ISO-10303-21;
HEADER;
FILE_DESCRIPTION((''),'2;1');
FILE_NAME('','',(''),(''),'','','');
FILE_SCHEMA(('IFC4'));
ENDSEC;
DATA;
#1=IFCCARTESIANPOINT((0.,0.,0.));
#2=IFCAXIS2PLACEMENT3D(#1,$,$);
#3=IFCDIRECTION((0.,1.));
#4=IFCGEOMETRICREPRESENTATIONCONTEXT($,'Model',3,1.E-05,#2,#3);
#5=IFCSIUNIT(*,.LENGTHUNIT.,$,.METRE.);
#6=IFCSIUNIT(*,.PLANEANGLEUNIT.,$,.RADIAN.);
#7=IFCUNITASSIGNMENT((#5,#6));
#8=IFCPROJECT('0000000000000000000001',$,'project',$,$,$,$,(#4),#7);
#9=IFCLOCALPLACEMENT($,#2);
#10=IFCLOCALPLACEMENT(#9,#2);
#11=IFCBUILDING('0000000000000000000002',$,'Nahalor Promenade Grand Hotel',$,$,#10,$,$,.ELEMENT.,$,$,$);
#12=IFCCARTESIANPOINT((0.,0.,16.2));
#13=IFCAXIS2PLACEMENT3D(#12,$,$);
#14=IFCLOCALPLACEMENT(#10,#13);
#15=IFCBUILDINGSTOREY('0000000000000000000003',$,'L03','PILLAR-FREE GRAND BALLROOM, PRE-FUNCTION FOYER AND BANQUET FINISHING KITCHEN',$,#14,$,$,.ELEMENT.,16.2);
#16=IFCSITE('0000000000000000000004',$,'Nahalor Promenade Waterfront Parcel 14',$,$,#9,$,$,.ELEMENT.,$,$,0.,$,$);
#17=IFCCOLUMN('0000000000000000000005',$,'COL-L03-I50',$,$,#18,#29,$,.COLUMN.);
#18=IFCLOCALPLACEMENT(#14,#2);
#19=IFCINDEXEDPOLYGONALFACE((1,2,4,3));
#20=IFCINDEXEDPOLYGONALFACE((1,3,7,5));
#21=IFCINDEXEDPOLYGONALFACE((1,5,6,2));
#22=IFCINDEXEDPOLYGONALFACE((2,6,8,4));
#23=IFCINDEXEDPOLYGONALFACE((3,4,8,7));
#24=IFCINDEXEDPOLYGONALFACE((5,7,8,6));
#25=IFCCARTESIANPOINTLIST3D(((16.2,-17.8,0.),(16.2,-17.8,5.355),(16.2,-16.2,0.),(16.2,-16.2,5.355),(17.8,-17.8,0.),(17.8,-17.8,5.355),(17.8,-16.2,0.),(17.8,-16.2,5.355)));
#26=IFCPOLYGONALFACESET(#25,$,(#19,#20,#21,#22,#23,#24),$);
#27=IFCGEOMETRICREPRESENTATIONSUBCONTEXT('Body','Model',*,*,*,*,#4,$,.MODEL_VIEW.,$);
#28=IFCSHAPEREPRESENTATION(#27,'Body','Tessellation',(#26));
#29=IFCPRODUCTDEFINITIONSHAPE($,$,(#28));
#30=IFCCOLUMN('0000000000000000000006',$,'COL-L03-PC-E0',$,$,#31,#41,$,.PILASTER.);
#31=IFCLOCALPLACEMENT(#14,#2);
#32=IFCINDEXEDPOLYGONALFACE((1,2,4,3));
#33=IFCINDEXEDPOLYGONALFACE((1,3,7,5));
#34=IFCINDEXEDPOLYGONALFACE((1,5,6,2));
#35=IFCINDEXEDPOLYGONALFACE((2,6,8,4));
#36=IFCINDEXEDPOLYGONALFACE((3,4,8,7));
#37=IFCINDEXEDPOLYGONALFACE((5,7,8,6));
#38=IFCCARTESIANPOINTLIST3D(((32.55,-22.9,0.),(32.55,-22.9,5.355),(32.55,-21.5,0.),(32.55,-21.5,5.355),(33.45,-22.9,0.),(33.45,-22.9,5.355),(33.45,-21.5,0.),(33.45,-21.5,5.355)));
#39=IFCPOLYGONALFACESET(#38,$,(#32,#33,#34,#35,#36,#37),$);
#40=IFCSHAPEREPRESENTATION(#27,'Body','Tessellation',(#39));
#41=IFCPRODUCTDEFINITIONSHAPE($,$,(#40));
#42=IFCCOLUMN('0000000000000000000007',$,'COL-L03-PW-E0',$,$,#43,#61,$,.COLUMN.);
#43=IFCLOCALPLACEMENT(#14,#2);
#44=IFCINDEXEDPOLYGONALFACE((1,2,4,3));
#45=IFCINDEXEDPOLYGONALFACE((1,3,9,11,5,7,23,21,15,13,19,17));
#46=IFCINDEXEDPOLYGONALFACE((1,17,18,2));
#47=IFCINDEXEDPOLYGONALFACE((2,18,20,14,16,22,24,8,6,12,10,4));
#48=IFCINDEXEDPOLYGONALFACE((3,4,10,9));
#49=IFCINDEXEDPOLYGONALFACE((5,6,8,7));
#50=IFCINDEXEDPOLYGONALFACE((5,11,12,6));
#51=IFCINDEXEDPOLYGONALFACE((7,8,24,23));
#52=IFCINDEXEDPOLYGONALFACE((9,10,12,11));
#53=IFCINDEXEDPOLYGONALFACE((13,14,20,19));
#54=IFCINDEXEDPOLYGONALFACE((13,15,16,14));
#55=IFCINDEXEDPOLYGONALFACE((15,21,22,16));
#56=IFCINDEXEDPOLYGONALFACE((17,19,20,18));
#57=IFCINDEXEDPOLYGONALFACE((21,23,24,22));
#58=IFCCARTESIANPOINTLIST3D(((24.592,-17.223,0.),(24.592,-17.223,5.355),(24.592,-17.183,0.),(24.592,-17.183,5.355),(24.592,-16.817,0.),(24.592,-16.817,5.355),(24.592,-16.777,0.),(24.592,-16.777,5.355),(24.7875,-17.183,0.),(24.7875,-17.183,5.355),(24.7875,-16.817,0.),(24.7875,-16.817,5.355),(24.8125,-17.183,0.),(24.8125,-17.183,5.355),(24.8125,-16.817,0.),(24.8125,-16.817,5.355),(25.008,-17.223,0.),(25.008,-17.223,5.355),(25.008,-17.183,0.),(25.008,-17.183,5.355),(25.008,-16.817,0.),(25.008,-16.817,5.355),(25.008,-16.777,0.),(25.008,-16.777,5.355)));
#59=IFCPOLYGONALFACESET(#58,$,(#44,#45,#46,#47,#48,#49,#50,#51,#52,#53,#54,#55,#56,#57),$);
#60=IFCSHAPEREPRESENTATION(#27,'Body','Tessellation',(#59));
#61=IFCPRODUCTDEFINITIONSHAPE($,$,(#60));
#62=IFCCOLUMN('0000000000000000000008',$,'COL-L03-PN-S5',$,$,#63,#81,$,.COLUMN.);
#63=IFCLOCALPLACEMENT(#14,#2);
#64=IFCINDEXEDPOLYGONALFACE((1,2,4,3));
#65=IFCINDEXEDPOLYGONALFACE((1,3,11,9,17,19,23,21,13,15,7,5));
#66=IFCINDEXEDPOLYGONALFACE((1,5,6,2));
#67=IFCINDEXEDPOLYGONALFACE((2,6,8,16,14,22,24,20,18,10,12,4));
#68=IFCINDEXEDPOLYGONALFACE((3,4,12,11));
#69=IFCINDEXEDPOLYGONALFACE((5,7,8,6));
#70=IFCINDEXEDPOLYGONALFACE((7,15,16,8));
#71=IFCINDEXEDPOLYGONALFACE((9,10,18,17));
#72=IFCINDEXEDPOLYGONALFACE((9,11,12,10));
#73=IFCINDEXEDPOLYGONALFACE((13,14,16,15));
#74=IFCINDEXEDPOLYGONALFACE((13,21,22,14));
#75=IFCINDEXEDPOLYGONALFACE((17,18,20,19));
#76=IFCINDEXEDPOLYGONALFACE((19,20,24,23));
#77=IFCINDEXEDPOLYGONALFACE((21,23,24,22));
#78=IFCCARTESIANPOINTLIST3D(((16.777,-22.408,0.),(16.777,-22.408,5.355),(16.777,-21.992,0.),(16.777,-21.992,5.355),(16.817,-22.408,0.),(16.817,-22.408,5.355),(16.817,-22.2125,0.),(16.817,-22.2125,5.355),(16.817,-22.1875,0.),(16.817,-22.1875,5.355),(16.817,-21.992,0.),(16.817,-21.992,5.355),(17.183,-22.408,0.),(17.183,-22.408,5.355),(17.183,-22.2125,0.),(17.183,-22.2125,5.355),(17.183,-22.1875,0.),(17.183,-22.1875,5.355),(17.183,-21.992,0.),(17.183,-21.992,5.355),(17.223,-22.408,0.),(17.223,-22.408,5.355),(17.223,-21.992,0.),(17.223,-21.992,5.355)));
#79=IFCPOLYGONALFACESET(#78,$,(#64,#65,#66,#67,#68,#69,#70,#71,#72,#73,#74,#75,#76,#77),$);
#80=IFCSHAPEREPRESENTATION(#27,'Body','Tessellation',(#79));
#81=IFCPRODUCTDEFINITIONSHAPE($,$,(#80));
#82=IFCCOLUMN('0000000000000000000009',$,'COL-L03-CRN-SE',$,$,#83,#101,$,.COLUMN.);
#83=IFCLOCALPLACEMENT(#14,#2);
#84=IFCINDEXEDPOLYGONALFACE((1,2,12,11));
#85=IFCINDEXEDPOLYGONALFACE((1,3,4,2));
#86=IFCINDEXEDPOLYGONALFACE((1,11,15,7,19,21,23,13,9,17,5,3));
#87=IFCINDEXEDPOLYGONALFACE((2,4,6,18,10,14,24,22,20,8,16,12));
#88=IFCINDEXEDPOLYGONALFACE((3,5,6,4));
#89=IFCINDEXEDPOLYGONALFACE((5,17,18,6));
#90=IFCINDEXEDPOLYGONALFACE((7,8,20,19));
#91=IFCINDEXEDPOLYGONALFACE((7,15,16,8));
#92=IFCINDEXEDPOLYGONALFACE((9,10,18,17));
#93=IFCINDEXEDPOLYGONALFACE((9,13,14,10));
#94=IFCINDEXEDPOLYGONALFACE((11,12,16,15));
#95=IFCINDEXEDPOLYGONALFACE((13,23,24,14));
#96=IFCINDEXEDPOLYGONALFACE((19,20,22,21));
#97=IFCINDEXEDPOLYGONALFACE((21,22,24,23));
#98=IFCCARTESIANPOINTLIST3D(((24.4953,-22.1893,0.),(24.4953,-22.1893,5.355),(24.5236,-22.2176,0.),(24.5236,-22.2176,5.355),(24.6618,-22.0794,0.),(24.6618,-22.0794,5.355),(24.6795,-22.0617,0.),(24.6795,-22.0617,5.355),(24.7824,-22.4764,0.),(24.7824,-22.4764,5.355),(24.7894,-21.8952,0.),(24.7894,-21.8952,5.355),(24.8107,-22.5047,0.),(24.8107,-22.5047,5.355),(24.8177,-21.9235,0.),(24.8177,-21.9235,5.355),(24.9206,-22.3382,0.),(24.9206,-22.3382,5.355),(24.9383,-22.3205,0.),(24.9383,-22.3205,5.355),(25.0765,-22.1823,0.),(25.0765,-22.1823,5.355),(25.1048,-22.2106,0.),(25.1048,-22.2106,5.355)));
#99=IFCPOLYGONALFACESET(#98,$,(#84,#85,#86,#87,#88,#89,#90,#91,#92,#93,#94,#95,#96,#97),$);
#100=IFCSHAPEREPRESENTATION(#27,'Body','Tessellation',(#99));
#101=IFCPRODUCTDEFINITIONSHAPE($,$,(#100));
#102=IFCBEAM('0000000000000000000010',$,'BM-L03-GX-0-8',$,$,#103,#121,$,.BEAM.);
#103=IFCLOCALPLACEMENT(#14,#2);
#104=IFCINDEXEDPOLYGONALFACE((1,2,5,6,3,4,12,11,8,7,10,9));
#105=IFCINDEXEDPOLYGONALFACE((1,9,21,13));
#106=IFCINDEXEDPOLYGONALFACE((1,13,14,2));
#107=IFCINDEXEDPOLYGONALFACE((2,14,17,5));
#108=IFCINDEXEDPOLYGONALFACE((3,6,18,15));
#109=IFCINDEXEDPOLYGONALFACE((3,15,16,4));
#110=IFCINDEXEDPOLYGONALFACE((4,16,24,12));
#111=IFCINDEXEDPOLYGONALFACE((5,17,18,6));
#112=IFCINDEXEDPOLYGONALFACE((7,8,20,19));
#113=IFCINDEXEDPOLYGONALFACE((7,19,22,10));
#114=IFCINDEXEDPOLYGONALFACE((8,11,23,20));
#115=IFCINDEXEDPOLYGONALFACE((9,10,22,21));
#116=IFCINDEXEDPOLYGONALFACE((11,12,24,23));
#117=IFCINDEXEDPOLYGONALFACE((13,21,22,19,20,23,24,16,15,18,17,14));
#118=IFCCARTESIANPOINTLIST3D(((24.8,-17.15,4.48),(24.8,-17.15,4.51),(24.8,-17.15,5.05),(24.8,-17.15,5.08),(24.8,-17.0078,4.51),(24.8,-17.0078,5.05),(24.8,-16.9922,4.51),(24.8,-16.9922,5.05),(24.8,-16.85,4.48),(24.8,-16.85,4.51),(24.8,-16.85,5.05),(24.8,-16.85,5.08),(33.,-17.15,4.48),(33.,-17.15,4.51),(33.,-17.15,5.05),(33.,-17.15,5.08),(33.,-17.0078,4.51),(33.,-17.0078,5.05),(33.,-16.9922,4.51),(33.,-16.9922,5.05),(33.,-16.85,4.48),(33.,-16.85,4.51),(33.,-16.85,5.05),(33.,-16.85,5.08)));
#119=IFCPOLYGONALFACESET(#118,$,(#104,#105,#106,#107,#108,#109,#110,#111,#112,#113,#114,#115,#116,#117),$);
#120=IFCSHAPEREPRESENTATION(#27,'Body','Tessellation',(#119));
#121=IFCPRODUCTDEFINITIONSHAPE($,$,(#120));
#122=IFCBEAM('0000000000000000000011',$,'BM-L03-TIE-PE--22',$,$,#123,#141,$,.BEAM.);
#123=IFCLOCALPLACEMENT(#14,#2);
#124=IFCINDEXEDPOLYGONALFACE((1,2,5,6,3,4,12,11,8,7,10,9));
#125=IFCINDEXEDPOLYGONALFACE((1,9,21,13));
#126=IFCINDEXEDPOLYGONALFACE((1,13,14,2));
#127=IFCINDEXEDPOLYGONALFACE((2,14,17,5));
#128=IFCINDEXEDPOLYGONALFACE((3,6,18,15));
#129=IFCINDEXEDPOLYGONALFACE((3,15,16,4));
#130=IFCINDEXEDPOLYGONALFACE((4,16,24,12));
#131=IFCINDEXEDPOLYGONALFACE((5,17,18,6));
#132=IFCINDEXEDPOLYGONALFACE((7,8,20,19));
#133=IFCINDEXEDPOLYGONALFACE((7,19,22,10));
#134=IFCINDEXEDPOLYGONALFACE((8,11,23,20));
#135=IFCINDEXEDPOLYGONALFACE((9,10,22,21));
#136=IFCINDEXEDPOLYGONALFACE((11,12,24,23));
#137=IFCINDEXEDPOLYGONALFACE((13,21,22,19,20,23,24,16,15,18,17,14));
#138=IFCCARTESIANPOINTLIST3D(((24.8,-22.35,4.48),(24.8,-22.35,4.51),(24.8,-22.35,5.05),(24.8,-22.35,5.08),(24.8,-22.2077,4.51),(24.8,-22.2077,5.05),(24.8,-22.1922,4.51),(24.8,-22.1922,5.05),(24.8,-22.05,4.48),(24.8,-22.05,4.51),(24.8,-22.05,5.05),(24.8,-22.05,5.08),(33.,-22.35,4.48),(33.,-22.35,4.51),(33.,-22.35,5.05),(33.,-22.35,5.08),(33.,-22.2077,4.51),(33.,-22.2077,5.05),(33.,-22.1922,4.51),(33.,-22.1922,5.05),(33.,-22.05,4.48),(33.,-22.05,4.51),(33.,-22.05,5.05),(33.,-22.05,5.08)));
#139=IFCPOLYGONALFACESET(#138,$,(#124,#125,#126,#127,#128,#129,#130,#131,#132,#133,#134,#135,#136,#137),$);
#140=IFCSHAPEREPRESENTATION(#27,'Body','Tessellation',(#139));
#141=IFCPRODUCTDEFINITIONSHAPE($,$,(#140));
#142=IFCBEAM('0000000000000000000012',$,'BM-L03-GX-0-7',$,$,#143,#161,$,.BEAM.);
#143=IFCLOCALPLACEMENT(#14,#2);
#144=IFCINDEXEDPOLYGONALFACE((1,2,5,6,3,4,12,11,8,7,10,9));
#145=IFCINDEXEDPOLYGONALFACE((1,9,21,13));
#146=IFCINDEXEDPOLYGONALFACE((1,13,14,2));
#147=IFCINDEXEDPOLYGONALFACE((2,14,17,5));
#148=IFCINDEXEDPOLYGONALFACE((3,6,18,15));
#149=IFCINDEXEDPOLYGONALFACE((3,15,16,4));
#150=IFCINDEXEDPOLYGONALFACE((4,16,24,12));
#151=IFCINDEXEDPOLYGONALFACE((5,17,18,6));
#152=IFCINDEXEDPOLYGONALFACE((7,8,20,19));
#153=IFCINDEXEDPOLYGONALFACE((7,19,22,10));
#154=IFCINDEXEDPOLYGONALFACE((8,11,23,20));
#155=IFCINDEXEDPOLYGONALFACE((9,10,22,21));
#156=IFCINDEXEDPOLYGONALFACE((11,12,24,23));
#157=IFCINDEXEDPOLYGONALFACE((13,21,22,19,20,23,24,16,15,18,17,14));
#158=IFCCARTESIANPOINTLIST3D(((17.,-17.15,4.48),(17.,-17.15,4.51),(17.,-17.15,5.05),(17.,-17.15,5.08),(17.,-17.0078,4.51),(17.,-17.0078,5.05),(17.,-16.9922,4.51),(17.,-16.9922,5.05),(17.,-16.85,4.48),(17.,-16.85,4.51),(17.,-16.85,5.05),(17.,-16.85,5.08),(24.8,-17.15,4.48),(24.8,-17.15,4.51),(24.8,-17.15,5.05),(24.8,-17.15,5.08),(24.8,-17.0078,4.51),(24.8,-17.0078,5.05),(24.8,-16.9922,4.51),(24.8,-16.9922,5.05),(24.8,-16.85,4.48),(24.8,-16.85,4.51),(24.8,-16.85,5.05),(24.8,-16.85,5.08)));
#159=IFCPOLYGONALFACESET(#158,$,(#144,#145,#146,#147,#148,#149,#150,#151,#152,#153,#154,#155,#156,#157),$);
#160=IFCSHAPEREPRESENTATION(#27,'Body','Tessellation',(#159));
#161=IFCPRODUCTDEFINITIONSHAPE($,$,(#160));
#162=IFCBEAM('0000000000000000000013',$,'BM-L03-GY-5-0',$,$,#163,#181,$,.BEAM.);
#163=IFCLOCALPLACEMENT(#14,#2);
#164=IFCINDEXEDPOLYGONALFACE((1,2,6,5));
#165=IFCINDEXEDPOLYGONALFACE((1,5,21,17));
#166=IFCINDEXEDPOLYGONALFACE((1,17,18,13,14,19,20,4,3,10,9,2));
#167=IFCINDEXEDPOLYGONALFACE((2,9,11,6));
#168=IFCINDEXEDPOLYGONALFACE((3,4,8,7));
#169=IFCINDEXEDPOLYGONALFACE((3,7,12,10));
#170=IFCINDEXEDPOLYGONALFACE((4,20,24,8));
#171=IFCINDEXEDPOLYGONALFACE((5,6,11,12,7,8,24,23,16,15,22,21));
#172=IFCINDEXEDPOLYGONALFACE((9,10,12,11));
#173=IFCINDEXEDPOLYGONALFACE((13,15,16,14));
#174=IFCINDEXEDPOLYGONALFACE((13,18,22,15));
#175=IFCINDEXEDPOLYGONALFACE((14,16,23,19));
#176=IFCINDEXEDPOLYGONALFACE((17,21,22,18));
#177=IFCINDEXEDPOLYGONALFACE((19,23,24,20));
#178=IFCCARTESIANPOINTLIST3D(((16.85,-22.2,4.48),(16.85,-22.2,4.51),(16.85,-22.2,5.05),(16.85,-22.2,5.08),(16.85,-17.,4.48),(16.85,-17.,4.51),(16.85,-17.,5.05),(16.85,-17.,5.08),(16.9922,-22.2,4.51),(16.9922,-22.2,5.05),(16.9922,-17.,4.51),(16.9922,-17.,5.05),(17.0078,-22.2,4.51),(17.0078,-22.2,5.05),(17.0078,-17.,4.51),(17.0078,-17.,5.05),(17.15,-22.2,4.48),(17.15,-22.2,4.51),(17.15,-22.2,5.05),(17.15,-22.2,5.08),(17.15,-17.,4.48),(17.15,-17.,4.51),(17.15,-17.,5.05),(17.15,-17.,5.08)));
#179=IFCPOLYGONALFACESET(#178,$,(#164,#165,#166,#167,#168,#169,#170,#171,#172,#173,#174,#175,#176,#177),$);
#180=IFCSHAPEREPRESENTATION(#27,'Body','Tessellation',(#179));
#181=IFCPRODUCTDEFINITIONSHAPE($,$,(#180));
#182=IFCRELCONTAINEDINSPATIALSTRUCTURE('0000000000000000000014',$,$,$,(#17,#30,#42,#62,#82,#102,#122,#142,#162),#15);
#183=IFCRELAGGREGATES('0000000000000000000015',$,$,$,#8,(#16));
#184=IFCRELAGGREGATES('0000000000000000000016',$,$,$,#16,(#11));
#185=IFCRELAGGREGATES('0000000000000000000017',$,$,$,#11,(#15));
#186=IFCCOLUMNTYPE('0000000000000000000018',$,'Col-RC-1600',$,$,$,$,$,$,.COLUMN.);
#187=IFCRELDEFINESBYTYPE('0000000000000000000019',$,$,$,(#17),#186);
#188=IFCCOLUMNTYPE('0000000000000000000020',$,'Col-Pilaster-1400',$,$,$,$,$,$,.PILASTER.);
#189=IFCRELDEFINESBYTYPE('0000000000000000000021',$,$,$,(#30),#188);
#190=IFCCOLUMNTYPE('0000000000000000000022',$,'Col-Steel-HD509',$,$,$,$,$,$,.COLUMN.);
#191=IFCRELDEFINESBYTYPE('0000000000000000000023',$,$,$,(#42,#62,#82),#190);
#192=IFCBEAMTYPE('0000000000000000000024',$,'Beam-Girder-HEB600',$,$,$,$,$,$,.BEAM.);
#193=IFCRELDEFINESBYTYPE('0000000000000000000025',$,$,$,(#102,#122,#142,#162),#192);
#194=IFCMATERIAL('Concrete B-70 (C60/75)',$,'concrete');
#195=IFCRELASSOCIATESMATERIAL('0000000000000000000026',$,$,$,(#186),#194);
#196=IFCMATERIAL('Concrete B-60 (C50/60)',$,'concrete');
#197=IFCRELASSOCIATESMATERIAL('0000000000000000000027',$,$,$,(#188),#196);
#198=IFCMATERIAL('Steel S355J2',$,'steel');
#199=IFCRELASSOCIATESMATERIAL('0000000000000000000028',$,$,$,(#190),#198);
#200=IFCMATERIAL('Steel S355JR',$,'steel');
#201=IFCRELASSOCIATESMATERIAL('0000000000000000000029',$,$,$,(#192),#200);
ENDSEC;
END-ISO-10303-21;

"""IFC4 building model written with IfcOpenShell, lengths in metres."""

from ifc_helpers import new_model, si_unit, direction, frame, origin, origin_2d, place, context, subcontext, project, spatial, rectangle, i_section, extrude, source, transform, mapped, material, material_profile, profile_set, type_object, element, save


model = new_model("IFC4")

# Units and contexts
model_context = context("Model", 3, precision=1e-05, world=origin(), true_north=direction((0.0, 1.0)))
body_context = subcontext(model_context, "Body", "Model", "MODEL_VIEW")
ifc_project = project(units=[si_unit("LENGTHUNIT", "METRE"), si_unit("PLANEANGLEUNIT", "RADIAN")], contexts=[model_context])

# Site, building, storey
site_placement = place(None, origin())
site = spatial("IfcSite", under=ifc_project, at=site_placement, Name="Nahalor Promenade Waterfront Parcel 14", CompositionType="ELEMENT", RefElevation=0.0)
building_placement = place(site_placement, origin())
building = spatial("IfcBuilding", under=site, at=building_placement, Name="Nahalor Promenade Grand Hotel", CompositionType="ELEMENT")
storey_placement = place(building_placement, frame((0.0, 0.0, 16.2)))
storey = spatial("IfcBuildingStorey", under=building, at=storey_placement, Name="L03", Description="PILLAR-FREE GRAND BALLROOM, PRE-FUNCTION FOYER AND BANQUET FINISHING KITCHEN", CompositionType="ELEMENT", Elevation=16.2)

# Columns
ifc_material_1 = material(Name="Concrete B-70 (C60/75)", Category="concrete")
ifc_material_profile_1 = material_profile(ifc_material_1, rectangle(XDim=1.6, YDim=1.6, at=origin_2d()), Name="RC 1600x1600")
ifc_profile_set_1 = profile_set([ifc_material_profile_1], Name="Concrete B-70 (C60/75)")
column_type_1 = type_object("IfcColumnType", Name="Col-RC-1600", PredefinedType="COLUMN", material=ifc_profile_set_1)
shared_shape_1 = source(origin(), body_context, "Body", "SweptSolid", [
    extrude(rectangle(XDim=1.6, YDim=1.6, at=origin_2d()), origin(), (0.0, 0.0, 1.0), 5.355),
])
column_1_placement = place(storey_placement, frame((17.0, -17.0, 0.0), z_axis=(0.0, 0.0, 1.0), x_axis=(1.0, 0.0, 0.0)))
element("IfcColumn", 1, at=column_1_placement, inside=storey, type_object=column_type_1, Name="COL-L03-I50", PredefinedType="COLUMN", context=body_context, shape_type="MappedRepresentation", body=[
    mapped(shared_shape_1, transform((0.0, 0.0, 0.0), scale=1.0)),
])
ifc_material_2 = material(Name="Concrete B-60 (C50/60)", Category="concrete")
ifc_material_profile_2 = material_profile(ifc_material_2, rectangle(XDim=0.9, YDim=1.4, at=origin_2d()), Name="RC 900x1400")
ifc_profile_set_2 = profile_set([ifc_material_profile_2], Name="Concrete B-60 (C50/60)")
column_type_2 = type_object("IfcColumnType", Name="Col-Pilaster-1400", PredefinedType="PILASTER", material=ifc_profile_set_2)
shared_shape_2 = source(origin(), body_context, "Body", "SweptSolid", [
    extrude(rectangle(XDim=0.9, YDim=1.4, at=origin_2d()), origin(), (0.0, 0.0, 1.0), 5.355),
])
column_2_placement = place(storey_placement, frame((33.0, -22.2, 0.0), z_axis=(0.0, 0.0, 1.0), x_axis=(1.0, 0.0, 0.0)))
element("IfcColumn", 2, at=column_2_placement, inside=storey, type_object=column_type_2, Name="COL-L03-PC-E0", PredefinedType="PILASTER", context=body_context, shape_type="MappedRepresentation", body=[
    mapped(shared_shape_2, transform((0.0, 0.0, 0.0), scale=1.0)),
])
ifc_material_3 = material(Name="Steel S355J2", Category="steel")
ifc_material_profile_3 = material_profile(ifc_material_3, i_section(OverallWidth=0.416, OverallDepth=0.446, WebThickness=0.025, FlangeThickness=0.04, at=origin_2d()), Name="HD 400x509")
ifc_profile_set_3 = profile_set([ifc_material_profile_3], Name="Steel S355J2")
column_type_3 = type_object("IfcColumnType", Name="Col-Steel-HD509", PredefinedType="COLUMN", material=ifc_profile_set_3)
shared_shape_3 = source(origin(), body_context, "Body", "SweptSolid", [
    extrude(i_section(OverallWidth=0.416, OverallDepth=0.446, WebThickness=0.025, FlangeThickness=0.04, at=origin_2d()), origin(), (0.0, 0.0, 1.0), 5.355),
])
for number, where, z_axis, x_axis, name in (
    (3, (24.8, -17.0, 0.0), (0.0, 0.0, 1.0), (1.0, 0.0, 0.0), "COL-L03-PW-E0"),
    (4, (17.0, -22.2, 0.0), (0.0, 0.0, 1.0), (0.0, 1.0, 0.0), "COL-L03-PN-S5"),
    (5, (24.8, -22.2, 0.0), (0.0, 0.0, 1.0), (0.707107, 0.707107, 0.0), "COL-L03-CRN-SE"),
):
    element("IfcColumn", number, at=place(storey_placement, frame(where, z_axis=z_axis, x_axis=x_axis)), inside=storey, type_object=column_type_3, Name=name, PredefinedType="COLUMN", context=body_context, shape_type="MappedRepresentation", body=[
        mapped(shared_shape_3, transform((0.0, 0.0, 0.0), scale=1.0)),
    ])

# Beams
ifc_material_4 = material(Name="Steel S355JR", Category="steel")
ifc_material_profile_4 = material_profile(ifc_material_4, i_section(OverallWidth=0.3, OverallDepth=0.6, WebThickness=0.0155, FlangeThickness=0.03, at=origin_2d()), Name="HEB 600")
ifc_profile_set_4 = profile_set([ifc_material_profile_4], Name="Steel S355JR")
beam_type_1 = type_object("IfcBeamType", Name="Beam-Girder-HEB600", PredefinedType="BEAM", material=ifc_profile_set_4)
shared_shape_4 = source(origin(), body_context, "Body", "SweptSolid", [
    extrude(i_section(OverallWidth=0.3, OverallDepth=0.6, WebThickness=0.0155, FlangeThickness=0.03, at=origin_2d()), origin(), (0.0, 0.0, 1.0), 8.2),
])
for number, where, z_axis, x_axis, name in (
    (6, (24.8, -17.0, 4.78), (1.0, 0.0, 0.0), (0.0, 1.0, 0.0), "BM-L03-GX-0-8"),
    (7, (24.8, -22.2, 4.78), (1.0, 0.0, 0.0), (0.0, 1.0, 0.0), "BM-L03-TIE-PE--22"),
):
    element("IfcBeam", number, at=place(storey_placement, frame(where, z_axis=z_axis, x_axis=x_axis)), inside=storey, type_object=beam_type_1, Name=name, PredefinedType="BEAM", context=body_context, shape_type="MappedRepresentation", body=[
        mapped(shared_shape_4, transform((0.0, 0.0, 0.0), scale=1.0)),
    ])
shared_shape_5 = source(origin(), body_context, "Body", "SweptSolid", [
    extrude(i_section(OverallWidth=0.3, OverallDepth=0.6, WebThickness=0.0155, FlangeThickness=0.03, at=origin_2d()), origin(), (0.0, 0.0, 1.0), 7.8),
])
beam_1_placement = place(storey_placement, frame((17.0, -17.0, 4.78), z_axis=(1.0, 0.0, 0.0), x_axis=(0.0, 1.0, 0.0)))
element("IfcBeam", 8, at=beam_1_placement, inside=storey, type_object=beam_type_1, Name="BM-L03-GX-0-7", PredefinedType="BEAM", context=body_context, shape_type="MappedRepresentation", body=[
    mapped(shared_shape_5, transform((0.0, 0.0, 0.0), scale=1.0)),
])
shared_shape_6 = source(origin(), body_context, "Body", "SweptSolid", [
    extrude(i_section(OverallWidth=0.3, OverallDepth=0.6, WebThickness=0.0155, FlangeThickness=0.03, at=origin_2d()), origin(), (0.0, 0.0, 1.0), 5.2),
])
beam_2_placement = place(storey_placement, frame((17.0, -22.2, 4.78), z_axis=(0.0, 1.0, 0.0), x_axis=(-1.0, 0.0, 0.0)))
element("IfcBeam", 9, at=beam_2_placement, inside=storey, type_object=beam_type_1, Name="BM-L03-GY-5-0", PredefinedType="BEAM", context=body_context, shape_type="MappedRepresentation", body=[
    mapped(shared_shape_6, transform((0.0, 0.0, 0.0), scale=1.0)),
])

save(model, "model.ifc")
